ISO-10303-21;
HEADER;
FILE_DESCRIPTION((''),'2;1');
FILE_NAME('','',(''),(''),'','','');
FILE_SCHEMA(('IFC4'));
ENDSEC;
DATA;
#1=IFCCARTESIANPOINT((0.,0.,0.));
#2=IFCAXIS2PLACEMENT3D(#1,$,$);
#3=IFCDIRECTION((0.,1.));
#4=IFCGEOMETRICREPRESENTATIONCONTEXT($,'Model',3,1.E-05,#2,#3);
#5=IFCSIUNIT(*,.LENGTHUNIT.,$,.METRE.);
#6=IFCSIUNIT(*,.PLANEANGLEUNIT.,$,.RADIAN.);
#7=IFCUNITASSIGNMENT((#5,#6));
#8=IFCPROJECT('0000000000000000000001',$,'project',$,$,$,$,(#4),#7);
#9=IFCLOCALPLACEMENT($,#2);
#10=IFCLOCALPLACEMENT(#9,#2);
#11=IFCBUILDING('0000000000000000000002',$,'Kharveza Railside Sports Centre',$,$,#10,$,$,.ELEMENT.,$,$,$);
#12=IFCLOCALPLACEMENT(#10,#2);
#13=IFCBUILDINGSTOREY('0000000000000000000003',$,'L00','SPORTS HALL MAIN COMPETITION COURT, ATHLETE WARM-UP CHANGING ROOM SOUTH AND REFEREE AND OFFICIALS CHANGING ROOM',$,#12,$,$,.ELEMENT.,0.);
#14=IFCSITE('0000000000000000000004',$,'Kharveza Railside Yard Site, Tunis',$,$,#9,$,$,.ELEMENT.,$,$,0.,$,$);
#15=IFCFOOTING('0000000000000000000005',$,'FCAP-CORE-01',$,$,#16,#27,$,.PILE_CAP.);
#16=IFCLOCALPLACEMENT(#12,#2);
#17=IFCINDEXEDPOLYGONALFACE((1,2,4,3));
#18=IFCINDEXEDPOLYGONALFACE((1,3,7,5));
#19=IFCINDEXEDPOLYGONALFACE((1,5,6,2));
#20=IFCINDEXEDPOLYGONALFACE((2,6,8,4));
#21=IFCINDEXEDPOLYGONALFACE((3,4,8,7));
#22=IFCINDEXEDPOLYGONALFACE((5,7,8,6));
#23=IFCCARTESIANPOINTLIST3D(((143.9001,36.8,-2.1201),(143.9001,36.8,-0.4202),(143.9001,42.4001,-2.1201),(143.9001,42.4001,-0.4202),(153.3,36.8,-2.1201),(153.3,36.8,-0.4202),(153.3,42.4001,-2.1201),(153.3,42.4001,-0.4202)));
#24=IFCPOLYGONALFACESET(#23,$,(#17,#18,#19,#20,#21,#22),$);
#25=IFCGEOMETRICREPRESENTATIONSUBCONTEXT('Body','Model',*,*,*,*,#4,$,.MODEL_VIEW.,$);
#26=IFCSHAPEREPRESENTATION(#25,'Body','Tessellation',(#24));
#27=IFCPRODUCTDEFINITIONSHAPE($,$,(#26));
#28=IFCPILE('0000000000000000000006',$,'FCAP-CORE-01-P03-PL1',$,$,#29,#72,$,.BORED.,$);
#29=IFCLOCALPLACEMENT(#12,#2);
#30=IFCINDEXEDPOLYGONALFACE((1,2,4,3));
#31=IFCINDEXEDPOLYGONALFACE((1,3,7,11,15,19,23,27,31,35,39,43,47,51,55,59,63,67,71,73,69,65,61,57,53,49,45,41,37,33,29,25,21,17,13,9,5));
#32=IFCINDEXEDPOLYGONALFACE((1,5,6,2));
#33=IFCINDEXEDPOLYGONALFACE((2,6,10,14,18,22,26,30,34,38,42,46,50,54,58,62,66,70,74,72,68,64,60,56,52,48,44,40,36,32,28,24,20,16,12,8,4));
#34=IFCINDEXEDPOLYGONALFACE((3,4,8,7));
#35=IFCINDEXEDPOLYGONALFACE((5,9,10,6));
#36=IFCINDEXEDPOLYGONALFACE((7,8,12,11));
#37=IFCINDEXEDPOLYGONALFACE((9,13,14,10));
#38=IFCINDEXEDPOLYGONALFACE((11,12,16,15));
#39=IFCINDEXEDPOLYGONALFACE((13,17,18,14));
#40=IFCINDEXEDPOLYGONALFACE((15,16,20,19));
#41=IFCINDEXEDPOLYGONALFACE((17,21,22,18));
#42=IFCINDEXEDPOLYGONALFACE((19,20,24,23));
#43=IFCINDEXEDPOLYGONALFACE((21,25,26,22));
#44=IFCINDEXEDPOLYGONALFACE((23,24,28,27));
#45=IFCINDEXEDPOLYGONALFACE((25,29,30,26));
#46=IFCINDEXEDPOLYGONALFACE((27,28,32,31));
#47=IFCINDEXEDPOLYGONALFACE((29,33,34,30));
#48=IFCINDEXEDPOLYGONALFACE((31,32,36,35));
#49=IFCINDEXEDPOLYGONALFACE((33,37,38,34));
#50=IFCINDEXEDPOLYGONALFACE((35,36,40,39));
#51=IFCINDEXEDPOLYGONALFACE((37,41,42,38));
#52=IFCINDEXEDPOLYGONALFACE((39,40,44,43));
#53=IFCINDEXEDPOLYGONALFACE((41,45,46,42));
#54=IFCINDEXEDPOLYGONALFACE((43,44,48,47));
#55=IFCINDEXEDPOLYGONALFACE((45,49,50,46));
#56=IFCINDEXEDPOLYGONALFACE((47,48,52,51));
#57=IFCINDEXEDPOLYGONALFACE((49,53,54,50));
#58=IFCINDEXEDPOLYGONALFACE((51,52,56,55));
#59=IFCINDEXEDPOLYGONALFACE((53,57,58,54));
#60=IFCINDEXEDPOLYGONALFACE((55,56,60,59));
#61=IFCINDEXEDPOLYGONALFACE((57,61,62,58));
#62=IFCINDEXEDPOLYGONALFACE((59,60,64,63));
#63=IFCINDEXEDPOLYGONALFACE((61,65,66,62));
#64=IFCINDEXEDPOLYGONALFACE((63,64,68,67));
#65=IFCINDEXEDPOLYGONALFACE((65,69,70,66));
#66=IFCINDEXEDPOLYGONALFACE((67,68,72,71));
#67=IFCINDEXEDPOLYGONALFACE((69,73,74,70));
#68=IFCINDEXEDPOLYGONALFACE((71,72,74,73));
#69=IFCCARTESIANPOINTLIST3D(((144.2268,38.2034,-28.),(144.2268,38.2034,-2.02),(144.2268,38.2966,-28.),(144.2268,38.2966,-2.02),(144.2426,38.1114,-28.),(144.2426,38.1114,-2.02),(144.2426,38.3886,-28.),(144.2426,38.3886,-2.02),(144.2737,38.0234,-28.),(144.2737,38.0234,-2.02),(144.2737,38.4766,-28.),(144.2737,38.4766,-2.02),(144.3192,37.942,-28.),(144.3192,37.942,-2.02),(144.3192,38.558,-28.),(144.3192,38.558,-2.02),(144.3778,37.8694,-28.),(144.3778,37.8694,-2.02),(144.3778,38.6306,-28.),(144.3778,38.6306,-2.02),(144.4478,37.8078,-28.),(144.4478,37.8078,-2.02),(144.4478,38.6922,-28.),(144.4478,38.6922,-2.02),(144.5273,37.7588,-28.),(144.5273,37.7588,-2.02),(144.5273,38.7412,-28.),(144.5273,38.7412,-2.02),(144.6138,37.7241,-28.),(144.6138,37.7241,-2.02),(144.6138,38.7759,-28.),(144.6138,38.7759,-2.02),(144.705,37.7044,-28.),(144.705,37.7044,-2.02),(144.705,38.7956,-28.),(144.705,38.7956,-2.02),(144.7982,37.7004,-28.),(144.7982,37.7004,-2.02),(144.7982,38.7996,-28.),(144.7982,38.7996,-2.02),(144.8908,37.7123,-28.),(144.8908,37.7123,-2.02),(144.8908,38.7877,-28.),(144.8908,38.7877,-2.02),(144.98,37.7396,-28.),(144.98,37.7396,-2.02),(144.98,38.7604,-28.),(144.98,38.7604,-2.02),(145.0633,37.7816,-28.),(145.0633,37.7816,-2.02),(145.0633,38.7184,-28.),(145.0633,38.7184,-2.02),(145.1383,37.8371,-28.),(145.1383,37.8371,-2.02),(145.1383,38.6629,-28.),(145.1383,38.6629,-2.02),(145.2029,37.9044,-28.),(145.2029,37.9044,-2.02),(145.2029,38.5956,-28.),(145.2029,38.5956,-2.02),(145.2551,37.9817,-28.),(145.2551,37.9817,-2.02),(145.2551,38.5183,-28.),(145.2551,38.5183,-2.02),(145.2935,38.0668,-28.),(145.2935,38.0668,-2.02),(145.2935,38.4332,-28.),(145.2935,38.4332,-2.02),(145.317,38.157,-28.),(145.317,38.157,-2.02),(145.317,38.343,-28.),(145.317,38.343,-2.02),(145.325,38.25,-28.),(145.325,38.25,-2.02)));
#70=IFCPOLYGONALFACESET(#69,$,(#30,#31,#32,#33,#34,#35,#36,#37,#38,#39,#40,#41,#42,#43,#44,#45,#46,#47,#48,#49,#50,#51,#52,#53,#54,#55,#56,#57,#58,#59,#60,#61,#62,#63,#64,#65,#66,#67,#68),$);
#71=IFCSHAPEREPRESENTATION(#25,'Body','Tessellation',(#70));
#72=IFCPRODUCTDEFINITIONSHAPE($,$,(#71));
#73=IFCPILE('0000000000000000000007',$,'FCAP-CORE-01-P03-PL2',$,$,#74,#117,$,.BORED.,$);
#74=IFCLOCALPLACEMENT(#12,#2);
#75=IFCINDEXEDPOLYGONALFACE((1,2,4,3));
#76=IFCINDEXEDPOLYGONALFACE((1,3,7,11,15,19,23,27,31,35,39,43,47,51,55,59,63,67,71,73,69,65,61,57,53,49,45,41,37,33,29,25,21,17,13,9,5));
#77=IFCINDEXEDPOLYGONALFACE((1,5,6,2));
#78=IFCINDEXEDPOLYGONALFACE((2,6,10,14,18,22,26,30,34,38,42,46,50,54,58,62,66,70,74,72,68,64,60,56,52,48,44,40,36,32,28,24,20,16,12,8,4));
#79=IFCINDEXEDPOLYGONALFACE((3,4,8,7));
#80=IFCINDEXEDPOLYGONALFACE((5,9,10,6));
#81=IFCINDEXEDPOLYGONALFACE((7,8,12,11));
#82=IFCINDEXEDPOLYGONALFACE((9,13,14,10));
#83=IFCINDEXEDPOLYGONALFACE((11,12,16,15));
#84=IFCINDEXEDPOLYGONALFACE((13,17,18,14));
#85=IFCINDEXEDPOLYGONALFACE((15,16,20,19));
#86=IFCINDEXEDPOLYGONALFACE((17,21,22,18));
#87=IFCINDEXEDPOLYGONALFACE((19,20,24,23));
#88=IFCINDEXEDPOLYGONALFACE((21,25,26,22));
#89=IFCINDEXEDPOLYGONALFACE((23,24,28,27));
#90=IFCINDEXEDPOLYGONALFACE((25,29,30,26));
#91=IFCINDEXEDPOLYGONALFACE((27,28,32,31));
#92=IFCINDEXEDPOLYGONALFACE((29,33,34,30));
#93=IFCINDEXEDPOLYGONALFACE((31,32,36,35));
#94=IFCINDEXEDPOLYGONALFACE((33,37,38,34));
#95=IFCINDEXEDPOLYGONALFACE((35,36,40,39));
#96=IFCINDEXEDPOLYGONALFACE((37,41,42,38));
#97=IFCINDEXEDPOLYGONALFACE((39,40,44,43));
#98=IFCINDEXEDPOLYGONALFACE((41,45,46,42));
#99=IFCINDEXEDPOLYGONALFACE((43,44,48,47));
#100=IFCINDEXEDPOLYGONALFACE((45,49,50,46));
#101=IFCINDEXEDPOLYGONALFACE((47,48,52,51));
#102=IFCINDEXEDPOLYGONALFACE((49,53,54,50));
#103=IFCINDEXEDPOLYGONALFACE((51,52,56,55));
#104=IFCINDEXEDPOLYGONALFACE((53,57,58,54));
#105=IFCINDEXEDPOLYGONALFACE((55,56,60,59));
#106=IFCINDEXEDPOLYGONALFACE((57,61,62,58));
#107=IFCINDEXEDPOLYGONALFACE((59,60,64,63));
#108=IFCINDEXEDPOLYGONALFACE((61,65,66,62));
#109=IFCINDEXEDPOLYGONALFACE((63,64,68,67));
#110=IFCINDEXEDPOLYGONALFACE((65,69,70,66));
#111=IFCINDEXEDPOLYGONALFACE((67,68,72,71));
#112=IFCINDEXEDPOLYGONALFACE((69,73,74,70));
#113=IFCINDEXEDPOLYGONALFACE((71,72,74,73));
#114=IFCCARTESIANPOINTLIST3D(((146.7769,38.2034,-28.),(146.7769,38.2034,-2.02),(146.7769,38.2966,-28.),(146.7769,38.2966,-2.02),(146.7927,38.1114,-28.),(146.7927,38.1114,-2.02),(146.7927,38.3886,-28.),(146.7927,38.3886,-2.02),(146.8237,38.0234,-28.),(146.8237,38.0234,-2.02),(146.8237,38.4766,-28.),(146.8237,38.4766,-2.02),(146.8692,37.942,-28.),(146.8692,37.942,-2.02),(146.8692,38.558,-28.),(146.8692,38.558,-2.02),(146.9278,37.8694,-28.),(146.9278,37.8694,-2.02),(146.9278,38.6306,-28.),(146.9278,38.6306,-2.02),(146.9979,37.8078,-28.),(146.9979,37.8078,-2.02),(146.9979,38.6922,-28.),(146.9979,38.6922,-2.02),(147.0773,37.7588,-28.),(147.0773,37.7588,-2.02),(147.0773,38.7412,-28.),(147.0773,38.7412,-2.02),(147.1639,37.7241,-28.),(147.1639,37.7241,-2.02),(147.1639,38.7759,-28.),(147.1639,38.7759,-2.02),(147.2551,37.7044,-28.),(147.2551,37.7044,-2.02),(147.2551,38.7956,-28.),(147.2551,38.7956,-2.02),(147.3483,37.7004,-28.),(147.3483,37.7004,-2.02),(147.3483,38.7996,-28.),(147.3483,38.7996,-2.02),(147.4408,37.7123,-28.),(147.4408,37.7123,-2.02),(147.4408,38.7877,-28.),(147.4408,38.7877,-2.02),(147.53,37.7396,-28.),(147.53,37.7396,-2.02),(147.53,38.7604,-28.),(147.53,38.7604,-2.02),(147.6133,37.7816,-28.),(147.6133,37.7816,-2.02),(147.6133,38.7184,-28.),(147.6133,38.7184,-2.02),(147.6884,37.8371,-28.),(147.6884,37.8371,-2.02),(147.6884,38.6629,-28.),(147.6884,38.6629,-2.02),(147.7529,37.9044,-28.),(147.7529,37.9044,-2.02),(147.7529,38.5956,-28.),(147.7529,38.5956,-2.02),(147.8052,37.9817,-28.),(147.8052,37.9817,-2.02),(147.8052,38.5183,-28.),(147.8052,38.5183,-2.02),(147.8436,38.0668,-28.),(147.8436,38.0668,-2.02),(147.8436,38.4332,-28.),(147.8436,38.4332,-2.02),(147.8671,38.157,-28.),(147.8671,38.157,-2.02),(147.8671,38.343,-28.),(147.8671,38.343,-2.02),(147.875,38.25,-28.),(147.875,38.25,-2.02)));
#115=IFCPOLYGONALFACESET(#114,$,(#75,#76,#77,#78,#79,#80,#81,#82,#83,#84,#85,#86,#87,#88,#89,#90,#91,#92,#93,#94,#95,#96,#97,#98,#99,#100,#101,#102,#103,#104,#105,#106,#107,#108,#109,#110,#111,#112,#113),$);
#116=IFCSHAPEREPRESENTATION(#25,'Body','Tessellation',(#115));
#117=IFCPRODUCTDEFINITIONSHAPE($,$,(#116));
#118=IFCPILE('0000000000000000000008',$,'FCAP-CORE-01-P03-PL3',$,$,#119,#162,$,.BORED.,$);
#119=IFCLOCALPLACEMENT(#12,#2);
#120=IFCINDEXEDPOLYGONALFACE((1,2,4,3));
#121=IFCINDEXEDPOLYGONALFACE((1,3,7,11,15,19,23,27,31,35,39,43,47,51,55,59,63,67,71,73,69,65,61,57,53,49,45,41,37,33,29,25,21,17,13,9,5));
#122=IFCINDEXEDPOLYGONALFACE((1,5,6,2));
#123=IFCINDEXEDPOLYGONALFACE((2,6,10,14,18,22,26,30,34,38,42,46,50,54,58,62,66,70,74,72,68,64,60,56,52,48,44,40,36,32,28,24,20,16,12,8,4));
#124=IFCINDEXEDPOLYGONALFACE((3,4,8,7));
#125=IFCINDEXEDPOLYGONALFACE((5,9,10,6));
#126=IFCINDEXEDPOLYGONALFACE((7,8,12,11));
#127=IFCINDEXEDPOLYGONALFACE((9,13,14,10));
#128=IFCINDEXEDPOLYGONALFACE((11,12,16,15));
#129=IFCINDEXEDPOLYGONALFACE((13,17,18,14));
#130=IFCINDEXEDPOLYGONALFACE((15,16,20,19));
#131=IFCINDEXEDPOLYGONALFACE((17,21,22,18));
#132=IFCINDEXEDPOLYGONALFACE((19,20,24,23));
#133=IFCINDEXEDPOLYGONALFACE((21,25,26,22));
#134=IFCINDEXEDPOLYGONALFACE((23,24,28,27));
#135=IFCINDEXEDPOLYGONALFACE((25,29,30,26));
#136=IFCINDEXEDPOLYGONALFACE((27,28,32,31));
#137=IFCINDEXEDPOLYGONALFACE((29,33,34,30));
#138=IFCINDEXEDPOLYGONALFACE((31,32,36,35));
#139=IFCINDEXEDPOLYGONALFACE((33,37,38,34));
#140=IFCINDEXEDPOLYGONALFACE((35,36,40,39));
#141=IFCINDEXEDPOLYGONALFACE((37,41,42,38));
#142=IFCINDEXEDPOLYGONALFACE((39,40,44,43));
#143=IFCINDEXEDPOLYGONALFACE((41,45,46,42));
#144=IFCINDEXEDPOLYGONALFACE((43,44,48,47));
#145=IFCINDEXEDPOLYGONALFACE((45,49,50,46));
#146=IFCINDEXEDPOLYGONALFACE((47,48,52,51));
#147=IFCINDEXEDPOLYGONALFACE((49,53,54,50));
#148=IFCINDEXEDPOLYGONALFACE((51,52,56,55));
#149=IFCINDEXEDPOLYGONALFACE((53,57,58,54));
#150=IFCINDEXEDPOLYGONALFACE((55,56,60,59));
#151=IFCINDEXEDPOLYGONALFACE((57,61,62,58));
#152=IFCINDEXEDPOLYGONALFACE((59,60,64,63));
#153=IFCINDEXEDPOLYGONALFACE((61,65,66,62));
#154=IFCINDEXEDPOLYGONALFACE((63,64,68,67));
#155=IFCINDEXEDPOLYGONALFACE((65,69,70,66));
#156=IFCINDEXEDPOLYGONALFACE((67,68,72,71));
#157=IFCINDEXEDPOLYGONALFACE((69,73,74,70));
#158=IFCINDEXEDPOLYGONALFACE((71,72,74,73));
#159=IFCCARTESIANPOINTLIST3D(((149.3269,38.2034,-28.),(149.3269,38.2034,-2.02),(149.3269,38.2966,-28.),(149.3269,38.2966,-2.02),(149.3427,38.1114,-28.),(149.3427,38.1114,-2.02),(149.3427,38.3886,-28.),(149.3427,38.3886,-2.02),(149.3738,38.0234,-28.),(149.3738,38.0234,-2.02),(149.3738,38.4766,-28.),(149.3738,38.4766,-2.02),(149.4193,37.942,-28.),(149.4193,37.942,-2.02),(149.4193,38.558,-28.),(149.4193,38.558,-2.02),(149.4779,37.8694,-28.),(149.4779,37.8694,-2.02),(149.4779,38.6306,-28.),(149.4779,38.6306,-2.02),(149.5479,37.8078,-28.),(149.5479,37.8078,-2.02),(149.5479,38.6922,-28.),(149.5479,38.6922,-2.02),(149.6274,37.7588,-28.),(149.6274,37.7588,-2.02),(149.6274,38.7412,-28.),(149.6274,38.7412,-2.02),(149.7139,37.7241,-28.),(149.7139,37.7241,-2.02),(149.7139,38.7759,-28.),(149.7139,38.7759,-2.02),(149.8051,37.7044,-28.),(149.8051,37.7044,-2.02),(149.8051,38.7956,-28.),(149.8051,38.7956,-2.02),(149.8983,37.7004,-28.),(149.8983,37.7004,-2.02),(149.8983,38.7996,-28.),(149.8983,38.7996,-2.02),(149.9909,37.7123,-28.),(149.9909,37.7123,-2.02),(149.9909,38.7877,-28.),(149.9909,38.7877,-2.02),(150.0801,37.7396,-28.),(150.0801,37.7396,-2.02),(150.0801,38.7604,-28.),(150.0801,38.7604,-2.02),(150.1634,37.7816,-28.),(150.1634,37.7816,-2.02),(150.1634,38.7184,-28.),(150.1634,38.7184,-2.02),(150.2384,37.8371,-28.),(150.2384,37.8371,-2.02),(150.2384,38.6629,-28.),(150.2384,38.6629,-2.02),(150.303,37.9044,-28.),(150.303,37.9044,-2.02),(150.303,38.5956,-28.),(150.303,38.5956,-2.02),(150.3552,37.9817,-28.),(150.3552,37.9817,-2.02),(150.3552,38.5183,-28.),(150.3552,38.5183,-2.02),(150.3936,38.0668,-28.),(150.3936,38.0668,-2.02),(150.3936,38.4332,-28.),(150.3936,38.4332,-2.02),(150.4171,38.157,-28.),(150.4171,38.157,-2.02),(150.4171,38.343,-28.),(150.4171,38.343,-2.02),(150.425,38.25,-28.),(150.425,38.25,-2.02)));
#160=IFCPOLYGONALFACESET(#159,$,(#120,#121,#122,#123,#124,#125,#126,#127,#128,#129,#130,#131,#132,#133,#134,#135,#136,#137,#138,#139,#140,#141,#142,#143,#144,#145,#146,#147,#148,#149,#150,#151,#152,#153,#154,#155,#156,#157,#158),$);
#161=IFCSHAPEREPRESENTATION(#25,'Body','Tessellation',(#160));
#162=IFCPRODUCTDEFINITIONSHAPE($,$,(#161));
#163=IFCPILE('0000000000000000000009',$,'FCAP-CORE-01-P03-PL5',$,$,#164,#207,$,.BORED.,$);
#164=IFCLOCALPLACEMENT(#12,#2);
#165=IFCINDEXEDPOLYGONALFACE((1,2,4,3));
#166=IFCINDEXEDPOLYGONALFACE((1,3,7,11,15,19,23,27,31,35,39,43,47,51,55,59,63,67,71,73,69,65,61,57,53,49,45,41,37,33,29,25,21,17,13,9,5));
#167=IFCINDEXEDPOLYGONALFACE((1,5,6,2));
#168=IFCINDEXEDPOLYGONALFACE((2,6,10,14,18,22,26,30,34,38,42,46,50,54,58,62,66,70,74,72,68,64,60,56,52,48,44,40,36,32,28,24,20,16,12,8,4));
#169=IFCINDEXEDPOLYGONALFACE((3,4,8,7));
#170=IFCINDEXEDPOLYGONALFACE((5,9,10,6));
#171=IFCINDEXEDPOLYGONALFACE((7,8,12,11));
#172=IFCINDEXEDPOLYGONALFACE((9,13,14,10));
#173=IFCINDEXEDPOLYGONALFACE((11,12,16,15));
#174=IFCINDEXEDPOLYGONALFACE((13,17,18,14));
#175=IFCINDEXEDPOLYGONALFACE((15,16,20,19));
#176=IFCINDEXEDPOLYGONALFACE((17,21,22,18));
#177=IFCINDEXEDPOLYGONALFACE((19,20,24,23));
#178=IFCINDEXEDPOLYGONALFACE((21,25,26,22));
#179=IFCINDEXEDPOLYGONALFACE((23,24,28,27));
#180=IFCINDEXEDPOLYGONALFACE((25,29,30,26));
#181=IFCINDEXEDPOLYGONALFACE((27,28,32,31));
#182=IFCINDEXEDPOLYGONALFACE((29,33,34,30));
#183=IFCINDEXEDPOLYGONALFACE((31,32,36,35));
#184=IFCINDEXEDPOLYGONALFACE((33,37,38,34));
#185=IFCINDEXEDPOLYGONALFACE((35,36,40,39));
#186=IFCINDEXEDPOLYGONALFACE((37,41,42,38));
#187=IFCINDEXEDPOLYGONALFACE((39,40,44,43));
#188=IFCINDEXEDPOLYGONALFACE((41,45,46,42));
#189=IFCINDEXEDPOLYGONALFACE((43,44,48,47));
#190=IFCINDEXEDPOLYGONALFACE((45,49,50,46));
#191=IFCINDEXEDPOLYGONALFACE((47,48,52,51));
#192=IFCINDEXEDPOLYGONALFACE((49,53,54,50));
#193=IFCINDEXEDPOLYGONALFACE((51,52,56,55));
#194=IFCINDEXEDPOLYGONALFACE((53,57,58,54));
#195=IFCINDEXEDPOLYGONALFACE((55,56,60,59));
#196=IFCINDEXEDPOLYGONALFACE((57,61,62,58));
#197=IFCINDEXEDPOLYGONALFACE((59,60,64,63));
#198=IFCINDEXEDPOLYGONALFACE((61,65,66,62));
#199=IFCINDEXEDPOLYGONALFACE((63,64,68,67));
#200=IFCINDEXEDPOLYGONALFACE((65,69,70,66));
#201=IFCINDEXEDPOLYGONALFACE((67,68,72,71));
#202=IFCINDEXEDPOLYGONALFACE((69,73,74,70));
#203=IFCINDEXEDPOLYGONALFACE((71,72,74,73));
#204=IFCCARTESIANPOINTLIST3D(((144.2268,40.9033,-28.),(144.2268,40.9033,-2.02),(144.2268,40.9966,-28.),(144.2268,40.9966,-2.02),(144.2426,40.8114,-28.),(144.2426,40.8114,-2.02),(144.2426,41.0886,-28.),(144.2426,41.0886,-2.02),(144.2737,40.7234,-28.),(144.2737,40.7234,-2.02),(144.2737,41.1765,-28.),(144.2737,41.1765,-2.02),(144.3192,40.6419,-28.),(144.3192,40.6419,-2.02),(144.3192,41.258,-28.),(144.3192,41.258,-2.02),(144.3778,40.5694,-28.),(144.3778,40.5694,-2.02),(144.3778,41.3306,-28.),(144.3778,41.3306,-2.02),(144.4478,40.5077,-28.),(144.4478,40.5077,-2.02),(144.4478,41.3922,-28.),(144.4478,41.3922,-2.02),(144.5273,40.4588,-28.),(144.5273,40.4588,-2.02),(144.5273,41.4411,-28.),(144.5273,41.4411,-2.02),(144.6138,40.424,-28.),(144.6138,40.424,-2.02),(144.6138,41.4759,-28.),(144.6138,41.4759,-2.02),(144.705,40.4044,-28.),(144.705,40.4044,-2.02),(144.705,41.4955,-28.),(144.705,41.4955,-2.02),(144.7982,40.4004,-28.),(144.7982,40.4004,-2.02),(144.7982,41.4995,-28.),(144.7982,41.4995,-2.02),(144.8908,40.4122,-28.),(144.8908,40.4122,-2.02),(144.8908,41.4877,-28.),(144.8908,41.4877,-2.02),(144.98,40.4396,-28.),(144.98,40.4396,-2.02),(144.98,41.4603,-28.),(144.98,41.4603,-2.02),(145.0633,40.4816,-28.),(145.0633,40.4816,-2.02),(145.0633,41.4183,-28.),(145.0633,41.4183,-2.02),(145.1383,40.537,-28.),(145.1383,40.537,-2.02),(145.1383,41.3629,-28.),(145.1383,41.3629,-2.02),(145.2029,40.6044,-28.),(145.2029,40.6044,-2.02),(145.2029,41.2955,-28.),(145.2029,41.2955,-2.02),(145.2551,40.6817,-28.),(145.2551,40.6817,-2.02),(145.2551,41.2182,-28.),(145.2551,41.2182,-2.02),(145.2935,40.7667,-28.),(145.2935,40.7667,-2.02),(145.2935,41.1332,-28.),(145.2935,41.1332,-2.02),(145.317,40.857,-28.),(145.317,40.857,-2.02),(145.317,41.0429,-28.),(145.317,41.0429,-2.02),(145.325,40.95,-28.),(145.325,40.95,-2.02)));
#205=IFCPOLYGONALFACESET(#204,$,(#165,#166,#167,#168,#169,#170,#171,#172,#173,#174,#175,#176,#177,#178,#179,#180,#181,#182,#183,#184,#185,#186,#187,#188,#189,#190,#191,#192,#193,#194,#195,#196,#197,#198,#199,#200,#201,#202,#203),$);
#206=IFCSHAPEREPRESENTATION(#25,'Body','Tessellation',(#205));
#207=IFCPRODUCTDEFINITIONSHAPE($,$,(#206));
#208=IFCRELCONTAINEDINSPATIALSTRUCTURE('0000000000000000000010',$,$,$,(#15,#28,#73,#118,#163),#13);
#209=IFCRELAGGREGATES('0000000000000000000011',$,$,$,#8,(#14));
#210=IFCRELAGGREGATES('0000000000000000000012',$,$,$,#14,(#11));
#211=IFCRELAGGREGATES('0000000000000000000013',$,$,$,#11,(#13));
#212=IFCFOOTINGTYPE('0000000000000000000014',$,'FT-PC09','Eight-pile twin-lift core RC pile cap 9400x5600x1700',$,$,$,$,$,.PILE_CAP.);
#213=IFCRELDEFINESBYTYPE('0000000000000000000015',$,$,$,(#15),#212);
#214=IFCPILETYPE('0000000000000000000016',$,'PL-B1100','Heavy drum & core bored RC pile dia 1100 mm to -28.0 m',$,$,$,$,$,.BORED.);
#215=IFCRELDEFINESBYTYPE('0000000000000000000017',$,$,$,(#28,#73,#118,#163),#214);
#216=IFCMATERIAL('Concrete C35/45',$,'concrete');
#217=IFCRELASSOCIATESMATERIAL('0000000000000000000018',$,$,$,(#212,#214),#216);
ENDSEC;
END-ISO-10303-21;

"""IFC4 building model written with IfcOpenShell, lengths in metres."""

from ifc_helpers import new_model, si_unit, direction, frame, origin, origin_2d, place, context, subcontext, project, spatial, rectangle, circle, extrude, material, material_profile, profile_set, type_object, element, save


model = new_model("IFC4")

# Units and contexts
model_context = context("Model", 3, precision=1e-05, world=origin(), true_north=direction((0.0, 1.0)))
body_context = subcontext(model_context, "Body", "Model", "MODEL_VIEW")
ifc_project = project(units=[si_unit("LENGTHUNIT", "METRE"), si_unit("PLANEANGLEUNIT", "RADIAN")], contexts=[model_context])

# Site, building, storey
site_placement = place(None, origin())
site = spatial("IfcSite", under=ifc_project, at=site_placement, Name="Kharveza Railside Yard Site, Tunis", CompositionType="ELEMENT", RefElevation=0.0)
building_placement = place(site_placement, origin())
building = spatial("IfcBuilding", under=site, at=building_placement, Name="Kharveza Railside Sports Centre", CompositionType="ELEMENT")
storey_placement = place(building_placement, origin())
storey = spatial("IfcBuildingStorey", under=building, at=storey_placement, Name="L00", Description="SPORTS HALL MAIN COMPETITION COURT, ATHLETE WARM-UP CHANGING ROOM SOUTH AND REFEREE AND OFFICIALS CHANGING ROOM", CompositionType="ELEMENT", Elevation=0.0)

# Footing
ifc_material_1 = material(Name="Concrete C35/45", Category="concrete")
footing_type = type_object("IfcFootingType", Name="FT-PC09", Description="Eight-pile twin-lift core RC pile cap 9400x5600x1700", PredefinedType="PILE_CAP", material=ifc_material_1)
footing_placement = place(storey_placement, frame((148.6001, 39.6001, -2.1201), z_axis=(0.0, 0.0, 1.0), x_axis=(1.0, 0.0, 0.0)))
element("IfcFooting", 1, at=footing_placement, inside=storey, type_object=footing_type, Name="FCAP-CORE-01", PredefinedType="PILE_CAP", context=body_context, shape_type="SweptSolid", body=[
    extrude(rectangle(XDim=9.3999, YDim=5.6001, at=origin_2d()), origin(), (0.0, 0.0, 1.0), 1.7),
])

# Piles
ifc_material_profile_1 = material_profile(ifc_material_1, circle(Radius=0.55, at=origin_2d()), Name="PILE D1100")
ifc_profile_set_1 = profile_set([ifc_material_profile_1], Name="Concrete C35/45")
pile_type = type_object("IfcPileType", Name="PL-B1100", Description="Heavy drum & core bored RC pile dia 1100 mm to -28.0 m", PredefinedType="BORED", material=ifc_profile_set_1)
for number, where, z_axis, x_axis, name in (
    (2, (144.7749, 38.25, -2.02), (0.0, 0.0, -1.0), (1.0, 0.0, 0.0), "FCAP-CORE-01-P03-PL1"),
    (3, (147.325, 38.25, -2.02), (0.0, 0.0, -1.0), (1.0, 0.0, 0.0), "FCAP-CORE-01-P03-PL2"),
    (4, (149.875, 38.25, -2.02), (0.0, 0.0, -1.0), (1.0, 0.0, 0.0), "FCAP-CORE-01-P03-PL3"),
    (5, (144.7749, 40.95, -2.02), (0.0, 0.0, -1.0), (1.0, 0.0, 0.0), "FCAP-CORE-01-P03-PL5"),
):
    element("IfcPile", number, at=place(storey_placement, frame(where, z_axis=z_axis, x_axis=x_axis)), inside=storey, type_object=pile_type, Name=name, PredefinedType="BORED", context=body_context, shape_type="SweptSolid", body=[
        extrude(circle(Radius=0.55, at=origin_2d()), origin(), (0.0, 0.0, 1.0), 25.98),
    ])

save(model, "model.ifc")
